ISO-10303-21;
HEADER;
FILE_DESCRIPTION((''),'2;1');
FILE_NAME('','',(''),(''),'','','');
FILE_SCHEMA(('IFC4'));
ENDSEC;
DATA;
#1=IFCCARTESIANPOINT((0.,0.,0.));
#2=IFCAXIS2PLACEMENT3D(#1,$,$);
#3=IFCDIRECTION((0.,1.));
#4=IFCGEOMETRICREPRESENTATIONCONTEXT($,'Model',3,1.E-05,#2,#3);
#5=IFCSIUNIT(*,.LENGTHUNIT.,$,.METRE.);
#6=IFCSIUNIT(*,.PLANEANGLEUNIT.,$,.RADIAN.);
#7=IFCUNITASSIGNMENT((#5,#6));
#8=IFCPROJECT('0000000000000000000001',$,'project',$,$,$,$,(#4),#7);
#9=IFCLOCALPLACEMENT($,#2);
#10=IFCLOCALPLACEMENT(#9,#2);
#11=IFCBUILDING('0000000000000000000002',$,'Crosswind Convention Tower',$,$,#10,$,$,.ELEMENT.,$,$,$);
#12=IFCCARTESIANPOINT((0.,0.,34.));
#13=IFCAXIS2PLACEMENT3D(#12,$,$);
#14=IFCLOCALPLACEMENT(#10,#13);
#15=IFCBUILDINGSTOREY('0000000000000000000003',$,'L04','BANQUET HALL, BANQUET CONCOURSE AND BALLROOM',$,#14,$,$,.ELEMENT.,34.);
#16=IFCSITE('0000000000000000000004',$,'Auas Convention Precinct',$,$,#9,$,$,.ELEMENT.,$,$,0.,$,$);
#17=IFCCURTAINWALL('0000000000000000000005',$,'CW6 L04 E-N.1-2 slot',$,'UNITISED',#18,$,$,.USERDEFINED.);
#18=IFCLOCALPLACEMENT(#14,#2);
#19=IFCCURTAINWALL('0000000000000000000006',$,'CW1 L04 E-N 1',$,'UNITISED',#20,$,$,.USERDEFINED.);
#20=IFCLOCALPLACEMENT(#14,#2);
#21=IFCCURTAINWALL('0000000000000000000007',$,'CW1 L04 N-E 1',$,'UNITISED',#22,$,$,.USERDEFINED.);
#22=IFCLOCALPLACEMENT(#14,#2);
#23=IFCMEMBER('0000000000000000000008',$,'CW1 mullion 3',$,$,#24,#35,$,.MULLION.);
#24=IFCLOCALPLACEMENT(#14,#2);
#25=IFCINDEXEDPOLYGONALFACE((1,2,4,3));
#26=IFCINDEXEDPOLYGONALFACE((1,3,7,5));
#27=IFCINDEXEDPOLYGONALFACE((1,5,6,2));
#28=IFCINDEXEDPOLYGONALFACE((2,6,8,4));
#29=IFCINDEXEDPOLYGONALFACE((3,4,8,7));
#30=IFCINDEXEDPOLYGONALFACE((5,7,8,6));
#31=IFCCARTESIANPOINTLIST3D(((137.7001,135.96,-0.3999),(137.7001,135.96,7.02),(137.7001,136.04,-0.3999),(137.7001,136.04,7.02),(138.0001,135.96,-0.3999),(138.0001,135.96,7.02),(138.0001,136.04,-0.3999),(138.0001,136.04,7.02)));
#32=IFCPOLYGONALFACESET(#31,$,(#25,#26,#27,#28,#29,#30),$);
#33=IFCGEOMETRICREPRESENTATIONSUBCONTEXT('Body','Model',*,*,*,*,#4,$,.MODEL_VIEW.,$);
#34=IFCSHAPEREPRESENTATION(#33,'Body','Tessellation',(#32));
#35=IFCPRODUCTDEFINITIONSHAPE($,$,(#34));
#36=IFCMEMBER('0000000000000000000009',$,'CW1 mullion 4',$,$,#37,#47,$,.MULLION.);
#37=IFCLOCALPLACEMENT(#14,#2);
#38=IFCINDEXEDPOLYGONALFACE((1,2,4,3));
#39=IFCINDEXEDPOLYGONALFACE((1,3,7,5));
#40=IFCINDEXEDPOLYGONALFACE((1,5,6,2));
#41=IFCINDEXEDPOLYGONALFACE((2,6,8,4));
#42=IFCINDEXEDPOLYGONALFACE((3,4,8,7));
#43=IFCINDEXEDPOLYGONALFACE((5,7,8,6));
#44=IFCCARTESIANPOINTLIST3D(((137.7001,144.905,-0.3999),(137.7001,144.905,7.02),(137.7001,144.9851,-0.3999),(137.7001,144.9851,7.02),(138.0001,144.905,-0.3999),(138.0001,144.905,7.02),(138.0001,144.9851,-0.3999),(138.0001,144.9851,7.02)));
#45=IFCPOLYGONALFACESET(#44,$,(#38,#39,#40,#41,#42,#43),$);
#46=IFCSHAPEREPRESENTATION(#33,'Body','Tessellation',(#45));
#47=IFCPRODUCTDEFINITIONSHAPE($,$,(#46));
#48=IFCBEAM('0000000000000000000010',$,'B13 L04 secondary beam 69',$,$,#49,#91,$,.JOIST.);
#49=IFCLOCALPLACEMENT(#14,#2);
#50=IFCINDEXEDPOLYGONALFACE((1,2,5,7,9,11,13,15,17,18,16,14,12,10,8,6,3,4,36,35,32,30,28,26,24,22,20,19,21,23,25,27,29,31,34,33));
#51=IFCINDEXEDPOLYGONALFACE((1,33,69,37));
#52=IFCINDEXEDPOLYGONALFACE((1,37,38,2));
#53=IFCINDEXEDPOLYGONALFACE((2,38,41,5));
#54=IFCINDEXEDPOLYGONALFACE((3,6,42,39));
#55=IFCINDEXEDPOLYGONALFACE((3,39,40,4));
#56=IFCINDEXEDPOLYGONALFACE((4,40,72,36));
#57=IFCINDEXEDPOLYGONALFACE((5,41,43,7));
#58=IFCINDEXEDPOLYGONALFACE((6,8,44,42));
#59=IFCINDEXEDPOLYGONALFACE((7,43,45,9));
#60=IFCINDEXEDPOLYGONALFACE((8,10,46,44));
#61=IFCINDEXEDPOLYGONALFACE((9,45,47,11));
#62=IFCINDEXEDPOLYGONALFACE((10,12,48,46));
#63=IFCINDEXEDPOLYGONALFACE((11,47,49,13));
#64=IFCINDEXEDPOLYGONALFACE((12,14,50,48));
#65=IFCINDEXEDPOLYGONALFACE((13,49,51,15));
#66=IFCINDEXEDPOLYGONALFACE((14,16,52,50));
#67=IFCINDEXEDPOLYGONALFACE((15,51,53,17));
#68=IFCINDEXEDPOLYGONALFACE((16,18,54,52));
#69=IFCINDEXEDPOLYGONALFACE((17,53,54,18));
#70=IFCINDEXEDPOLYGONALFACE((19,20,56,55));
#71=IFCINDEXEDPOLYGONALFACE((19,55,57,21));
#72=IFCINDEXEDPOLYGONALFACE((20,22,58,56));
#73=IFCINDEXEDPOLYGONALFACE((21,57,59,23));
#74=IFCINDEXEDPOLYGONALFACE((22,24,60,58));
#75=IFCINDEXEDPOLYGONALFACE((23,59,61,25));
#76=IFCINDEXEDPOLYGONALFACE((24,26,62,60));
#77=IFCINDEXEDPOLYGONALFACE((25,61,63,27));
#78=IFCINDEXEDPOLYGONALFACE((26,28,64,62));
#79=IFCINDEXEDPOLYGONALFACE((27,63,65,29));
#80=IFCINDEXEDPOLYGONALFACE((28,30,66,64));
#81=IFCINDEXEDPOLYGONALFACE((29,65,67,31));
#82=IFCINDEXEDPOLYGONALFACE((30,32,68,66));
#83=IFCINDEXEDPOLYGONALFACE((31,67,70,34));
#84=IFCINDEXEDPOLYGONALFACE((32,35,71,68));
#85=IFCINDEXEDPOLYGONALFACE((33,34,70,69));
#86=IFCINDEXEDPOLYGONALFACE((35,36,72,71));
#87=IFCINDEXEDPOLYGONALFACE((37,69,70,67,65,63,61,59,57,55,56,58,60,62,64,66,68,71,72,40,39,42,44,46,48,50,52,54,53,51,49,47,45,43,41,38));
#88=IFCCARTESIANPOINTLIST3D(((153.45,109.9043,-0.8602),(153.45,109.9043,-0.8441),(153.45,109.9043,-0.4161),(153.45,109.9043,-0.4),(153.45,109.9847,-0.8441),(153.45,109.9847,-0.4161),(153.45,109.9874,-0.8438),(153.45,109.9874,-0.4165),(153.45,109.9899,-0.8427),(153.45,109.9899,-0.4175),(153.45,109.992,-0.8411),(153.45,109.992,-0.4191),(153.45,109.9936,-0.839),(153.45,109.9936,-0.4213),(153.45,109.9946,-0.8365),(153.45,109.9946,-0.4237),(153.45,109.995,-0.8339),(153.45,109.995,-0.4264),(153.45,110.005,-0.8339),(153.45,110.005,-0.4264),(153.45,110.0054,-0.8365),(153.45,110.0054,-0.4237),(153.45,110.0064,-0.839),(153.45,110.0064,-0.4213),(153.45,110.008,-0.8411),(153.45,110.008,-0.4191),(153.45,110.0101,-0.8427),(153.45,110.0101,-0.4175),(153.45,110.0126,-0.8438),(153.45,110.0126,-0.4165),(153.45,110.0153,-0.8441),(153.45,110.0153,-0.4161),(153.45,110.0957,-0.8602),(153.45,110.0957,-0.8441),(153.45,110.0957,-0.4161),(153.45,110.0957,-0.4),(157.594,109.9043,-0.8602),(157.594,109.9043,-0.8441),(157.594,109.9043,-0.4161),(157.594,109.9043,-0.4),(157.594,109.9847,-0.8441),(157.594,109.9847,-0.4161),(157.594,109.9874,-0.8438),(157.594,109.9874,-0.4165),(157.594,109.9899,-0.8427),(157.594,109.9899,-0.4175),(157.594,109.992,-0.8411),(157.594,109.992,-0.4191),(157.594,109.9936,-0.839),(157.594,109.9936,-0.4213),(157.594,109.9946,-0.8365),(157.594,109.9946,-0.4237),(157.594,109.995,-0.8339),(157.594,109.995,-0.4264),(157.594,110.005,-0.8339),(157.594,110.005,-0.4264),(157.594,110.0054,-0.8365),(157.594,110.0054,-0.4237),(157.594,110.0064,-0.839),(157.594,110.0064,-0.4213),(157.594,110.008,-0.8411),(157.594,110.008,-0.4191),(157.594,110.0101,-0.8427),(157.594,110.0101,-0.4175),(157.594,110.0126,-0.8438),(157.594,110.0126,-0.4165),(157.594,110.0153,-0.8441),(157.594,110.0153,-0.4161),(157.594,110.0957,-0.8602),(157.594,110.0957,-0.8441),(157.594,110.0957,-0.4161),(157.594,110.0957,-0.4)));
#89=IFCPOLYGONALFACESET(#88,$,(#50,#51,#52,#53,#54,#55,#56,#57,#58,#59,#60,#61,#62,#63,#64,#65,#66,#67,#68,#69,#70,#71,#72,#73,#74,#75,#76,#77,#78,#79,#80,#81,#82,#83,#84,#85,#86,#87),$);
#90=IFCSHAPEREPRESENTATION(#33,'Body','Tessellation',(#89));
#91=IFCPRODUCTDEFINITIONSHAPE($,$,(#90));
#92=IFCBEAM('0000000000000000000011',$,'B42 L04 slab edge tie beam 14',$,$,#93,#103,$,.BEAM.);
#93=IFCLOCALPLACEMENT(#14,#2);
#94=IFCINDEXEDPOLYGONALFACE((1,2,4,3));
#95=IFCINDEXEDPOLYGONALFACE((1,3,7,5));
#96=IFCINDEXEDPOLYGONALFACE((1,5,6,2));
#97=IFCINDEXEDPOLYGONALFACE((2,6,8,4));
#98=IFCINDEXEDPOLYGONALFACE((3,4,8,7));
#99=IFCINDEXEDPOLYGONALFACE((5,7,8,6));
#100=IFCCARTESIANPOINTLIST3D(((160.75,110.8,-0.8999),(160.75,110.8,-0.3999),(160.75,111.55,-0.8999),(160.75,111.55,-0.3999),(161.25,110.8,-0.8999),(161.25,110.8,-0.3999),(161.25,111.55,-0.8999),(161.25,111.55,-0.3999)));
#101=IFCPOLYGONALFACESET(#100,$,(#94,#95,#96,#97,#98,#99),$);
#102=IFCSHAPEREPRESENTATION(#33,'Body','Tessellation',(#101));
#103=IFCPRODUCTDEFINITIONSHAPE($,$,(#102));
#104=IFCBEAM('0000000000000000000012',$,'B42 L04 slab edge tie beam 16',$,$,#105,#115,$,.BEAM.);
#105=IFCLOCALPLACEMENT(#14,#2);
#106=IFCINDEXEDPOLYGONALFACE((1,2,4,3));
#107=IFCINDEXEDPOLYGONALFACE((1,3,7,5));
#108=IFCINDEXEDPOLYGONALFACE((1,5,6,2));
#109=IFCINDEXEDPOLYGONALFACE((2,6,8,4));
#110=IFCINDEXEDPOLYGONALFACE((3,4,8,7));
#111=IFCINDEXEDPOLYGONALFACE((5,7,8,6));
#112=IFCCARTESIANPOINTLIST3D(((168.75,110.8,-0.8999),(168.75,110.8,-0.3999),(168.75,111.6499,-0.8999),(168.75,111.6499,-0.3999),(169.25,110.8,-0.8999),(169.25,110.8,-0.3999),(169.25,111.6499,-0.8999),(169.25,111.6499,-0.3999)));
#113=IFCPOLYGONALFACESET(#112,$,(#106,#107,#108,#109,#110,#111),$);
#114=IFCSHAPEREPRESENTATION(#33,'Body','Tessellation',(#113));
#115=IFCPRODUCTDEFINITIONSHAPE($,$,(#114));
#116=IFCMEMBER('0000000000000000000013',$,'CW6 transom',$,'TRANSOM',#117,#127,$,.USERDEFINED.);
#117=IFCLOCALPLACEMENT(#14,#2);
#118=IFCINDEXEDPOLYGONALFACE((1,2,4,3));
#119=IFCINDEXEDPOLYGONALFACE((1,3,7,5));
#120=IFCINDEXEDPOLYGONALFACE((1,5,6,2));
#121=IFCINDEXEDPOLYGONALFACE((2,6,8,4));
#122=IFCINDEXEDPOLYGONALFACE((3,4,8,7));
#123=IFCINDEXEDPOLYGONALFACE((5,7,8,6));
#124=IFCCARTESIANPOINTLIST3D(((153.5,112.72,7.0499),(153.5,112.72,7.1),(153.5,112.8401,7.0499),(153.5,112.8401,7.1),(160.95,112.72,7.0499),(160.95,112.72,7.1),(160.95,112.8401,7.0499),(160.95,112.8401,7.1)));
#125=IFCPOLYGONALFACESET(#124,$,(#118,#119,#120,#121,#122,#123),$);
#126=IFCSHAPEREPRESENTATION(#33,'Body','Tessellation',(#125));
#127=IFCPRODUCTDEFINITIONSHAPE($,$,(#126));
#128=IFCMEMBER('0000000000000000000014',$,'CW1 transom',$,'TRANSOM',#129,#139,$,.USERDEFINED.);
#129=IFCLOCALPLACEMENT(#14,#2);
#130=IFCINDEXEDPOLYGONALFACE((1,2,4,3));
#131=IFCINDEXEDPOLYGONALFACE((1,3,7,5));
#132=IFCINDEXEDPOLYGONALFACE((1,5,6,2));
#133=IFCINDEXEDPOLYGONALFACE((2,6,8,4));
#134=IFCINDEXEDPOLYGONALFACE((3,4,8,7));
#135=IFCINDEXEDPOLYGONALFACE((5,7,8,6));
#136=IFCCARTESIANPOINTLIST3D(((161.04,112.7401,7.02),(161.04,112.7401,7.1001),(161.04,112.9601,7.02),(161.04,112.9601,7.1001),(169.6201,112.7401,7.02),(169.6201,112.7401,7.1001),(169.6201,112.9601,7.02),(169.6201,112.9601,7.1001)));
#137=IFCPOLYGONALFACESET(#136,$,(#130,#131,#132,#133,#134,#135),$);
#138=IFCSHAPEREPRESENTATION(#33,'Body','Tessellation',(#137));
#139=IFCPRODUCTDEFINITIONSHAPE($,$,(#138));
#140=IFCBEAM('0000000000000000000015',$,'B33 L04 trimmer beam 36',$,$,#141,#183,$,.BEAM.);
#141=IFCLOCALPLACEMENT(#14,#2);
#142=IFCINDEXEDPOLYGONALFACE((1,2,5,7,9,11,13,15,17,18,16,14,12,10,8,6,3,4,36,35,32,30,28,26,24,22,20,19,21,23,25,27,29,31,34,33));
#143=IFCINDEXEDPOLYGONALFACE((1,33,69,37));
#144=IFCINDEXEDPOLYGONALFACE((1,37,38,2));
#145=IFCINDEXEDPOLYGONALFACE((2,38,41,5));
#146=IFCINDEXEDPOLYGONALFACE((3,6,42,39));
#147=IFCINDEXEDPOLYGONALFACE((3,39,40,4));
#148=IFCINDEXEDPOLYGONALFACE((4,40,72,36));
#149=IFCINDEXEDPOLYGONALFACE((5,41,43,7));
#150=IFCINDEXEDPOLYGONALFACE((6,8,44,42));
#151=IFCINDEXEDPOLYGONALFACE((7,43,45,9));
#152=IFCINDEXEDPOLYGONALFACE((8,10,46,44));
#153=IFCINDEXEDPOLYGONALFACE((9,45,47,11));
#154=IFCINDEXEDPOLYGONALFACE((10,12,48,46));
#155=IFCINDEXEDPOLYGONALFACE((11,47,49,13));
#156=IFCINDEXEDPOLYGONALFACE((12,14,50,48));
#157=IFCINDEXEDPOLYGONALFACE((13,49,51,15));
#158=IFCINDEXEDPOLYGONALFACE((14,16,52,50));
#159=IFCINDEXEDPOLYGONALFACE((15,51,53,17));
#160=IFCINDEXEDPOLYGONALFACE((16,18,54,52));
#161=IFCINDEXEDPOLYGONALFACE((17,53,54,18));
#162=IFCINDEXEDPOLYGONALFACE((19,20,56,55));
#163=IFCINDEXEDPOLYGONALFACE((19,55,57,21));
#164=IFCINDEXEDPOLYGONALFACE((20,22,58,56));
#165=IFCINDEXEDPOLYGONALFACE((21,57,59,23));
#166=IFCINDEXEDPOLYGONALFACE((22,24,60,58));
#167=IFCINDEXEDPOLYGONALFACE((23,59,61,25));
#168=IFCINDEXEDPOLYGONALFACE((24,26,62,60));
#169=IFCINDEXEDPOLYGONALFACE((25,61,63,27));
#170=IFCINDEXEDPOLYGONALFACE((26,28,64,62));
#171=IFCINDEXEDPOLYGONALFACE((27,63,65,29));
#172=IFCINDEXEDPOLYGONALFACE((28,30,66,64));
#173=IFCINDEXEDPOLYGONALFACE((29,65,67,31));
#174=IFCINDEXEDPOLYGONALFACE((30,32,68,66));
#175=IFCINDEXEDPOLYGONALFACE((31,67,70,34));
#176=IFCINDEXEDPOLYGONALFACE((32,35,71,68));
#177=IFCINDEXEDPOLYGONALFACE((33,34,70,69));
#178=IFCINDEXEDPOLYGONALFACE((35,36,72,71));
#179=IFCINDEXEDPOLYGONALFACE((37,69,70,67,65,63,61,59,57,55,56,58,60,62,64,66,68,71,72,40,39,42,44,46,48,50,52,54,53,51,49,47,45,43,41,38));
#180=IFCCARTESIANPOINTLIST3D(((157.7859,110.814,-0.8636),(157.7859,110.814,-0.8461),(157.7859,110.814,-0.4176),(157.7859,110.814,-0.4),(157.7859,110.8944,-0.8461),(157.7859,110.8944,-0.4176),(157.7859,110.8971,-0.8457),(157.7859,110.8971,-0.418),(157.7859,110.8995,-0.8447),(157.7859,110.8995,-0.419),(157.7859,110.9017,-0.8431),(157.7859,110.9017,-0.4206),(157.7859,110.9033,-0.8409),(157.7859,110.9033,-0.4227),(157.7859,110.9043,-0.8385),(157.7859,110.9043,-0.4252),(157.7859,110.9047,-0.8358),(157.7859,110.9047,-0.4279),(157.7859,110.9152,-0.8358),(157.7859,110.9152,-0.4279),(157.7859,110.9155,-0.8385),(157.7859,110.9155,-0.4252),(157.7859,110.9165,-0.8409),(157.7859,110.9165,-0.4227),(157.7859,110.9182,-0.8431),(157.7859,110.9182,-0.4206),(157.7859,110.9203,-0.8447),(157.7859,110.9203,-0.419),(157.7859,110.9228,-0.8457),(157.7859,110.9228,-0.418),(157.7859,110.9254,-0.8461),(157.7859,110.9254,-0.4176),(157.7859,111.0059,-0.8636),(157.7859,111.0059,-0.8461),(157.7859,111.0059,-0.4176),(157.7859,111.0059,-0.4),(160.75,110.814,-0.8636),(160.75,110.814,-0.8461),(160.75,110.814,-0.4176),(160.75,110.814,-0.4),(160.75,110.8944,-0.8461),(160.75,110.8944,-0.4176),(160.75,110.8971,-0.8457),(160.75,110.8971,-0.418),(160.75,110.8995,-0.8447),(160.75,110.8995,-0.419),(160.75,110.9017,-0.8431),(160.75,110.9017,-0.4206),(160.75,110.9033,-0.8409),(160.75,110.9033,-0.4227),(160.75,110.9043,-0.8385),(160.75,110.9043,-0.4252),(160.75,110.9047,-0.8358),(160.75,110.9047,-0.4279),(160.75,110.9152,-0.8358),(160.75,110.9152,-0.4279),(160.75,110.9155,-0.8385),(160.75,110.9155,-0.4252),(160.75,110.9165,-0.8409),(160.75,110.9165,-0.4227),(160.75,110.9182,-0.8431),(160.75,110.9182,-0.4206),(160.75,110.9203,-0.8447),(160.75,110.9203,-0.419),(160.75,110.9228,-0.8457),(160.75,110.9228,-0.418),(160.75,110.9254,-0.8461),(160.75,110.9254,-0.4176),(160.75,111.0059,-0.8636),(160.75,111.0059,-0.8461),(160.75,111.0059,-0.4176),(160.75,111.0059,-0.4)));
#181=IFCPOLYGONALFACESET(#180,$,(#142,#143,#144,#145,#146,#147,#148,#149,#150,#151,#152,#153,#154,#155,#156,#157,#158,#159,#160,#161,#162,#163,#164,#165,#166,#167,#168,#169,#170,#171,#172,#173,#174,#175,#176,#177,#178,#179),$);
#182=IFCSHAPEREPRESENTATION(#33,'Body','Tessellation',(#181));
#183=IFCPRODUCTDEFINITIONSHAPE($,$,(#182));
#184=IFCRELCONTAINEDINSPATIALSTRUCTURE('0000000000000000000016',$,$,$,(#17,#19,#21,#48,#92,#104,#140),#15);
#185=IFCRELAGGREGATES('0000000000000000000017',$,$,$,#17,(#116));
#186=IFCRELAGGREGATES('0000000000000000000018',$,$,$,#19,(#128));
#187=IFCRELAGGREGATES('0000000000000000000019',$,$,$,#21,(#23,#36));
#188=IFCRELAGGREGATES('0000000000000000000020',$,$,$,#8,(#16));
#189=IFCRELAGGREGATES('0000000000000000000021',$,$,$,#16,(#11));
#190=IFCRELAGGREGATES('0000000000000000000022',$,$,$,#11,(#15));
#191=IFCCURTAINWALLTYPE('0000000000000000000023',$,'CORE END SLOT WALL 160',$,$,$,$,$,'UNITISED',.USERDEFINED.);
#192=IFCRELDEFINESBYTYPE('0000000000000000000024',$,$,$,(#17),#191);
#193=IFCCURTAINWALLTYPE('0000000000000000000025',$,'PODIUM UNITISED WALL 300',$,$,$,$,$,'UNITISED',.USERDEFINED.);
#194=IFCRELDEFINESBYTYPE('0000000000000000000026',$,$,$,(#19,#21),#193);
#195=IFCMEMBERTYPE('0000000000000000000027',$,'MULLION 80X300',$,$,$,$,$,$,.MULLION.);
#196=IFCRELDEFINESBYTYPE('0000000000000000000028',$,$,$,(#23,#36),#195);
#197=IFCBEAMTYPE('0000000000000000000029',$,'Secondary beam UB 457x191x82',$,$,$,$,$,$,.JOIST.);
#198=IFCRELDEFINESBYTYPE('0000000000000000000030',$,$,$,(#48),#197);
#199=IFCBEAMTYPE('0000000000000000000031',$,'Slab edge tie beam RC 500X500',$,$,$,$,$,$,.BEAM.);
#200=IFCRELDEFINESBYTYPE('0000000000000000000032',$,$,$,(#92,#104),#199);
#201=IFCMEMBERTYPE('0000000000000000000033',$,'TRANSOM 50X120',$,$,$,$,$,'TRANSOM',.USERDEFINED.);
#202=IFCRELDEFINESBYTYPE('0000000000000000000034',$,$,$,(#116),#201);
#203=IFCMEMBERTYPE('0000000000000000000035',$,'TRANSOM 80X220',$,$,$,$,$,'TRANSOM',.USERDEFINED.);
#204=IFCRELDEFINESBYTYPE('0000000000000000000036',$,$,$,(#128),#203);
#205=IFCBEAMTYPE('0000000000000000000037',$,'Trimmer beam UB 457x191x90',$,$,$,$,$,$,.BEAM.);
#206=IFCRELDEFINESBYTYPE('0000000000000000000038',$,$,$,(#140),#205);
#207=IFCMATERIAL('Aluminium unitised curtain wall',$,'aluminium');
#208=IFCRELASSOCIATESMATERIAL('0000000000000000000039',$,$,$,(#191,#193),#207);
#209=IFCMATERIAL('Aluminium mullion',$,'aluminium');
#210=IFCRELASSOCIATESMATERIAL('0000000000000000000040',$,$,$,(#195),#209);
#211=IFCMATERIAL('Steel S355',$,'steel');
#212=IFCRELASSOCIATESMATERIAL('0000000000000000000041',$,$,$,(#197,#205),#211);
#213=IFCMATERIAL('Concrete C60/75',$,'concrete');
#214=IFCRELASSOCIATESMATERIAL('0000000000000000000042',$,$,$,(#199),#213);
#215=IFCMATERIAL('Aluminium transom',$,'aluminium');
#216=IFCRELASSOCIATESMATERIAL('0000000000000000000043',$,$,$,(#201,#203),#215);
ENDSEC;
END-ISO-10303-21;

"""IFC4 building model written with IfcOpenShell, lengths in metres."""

from ifc_helpers import new_model, si_unit, direction, frame, origin, origin_2d, place, context, subcontext, project, spatial, rectangle, i_section, extrude, material, material_profile, profile_set, type_object, element, aggregate, save


model = new_model("IFC4")

# Units and contexts
model_context = context("Model", 3, precision=1e-05, world=origin(), true_north=direction((0.0, 1.0)))
body_context = subcontext(model_context, "Body", "Model", "MODEL_VIEW")
ifc_project = project(units=[si_unit("LENGTHUNIT", "METRE"), si_unit("PLANEANGLEUNIT", "RADIAN")], contexts=[model_context])

# Site, building, storey
site_placement = place(None, origin())
site = spatial("IfcSite", under=ifc_project, at=site_placement, Name="Auas Convention Precinct", CompositionType="ELEMENT", RefElevation=0.0)
building_placement = place(site_placement, origin())
building = spatial("IfcBuilding", under=site, at=building_placement, Name="Crosswind Convention Tower", CompositionType="ELEMENT")
storey_placement = place(building_placement, frame((0.0, 0.0, 34.0)))
storey = spatial("IfcBuildingStorey", under=building, at=storey_placement, Name="L04", Description="BANQUET HALL, BANQUET CONCOURSE AND BALLROOM", CompositionType="ELEMENT", Elevation=34.0)

# Shared definitions
ifc_material_1 = material(Name="Concrete C60/75", Category="concrete")

# Shared definitions
ifc_material_2 = material(Name="Steel S355", Category="steel")

# Curtain walls, members
ifc_material_3 = material(Name="Aluminium unitised curtain wall", Category="aluminium")
curtain_wall_type_1 = type_object("IfcCurtainWallType", Name="CORE END SLOT WALL 160", ElementType="UNITISED", PredefinedType="USERDEFINED", material=ifc_material_3)
curtain_wall_1_placement = place(storey_placement, origin())
curtain_wall_1 = element("IfcCurtainWall", 1, at=curtain_wall_1_placement, inside=storey, type_object=curtain_wall_type_1, Name="CW6 L04 E-N.1-2 slot", ObjectType="UNITISED", PredefinedType="USERDEFINED")
ifc_material_4 = material(Name="Aluminium mullion", Category="aluminium")
curtain_wall_type_2 = type_object("IfcCurtainWallType", Name="PODIUM UNITISED WALL 300", ElementType="UNITISED", PredefinedType="USERDEFINED", material=ifc_material_3)
curtain_wall_2_placement = place(storey_placement, origin())
curtain_wall_2 = element("IfcCurtainWall", 2, at=curtain_wall_2_placement, inside=storey, type_object=curtain_wall_type_2, Name="CW1 L04 E-N 1", ObjectType="UNITISED", PredefinedType="USERDEFINED")
ifc_material_profile_1 = material_profile(ifc_material_4, rectangle(XDim=0.3, YDim=0.0801, at=origin_2d()), Name="AL 300X80")
ifc_profile_set_1 = profile_set([ifc_material_profile_1], Name="Aluminium mullion")
member_type_1 = type_object("IfcMemberType", Name="MULLION 80X300", PredefinedType="MULLION", material=ifc_profile_set_1)
curtain_wall_3_placement = place(storey_placement, origin())
curtain_wall_3 = element("IfcCurtainWall", 3, at=curtain_wall_3_placement, inside=storey, type_object=curtain_wall_type_2, Name="CW1 L04 N-E 1", ObjectType="UNITISED", PredefinedType="USERDEFINED")
member_1_placement = place(storey_placement, frame((137.8501, 136.0, -0.3999), z_axis=(0.0, 0.0, 1.0), x_axis=(1.0, 0.0, 0.0)))
member_1 = element("IfcMember", 4, at=member_1_placement, type_object=member_type_1, Name="CW1 mullion 3", PredefinedType="MULLION", context=body_context, shape_type="SweptSolid", body=[
    extrude(rectangle(XDim=0.3, YDim=0.0801, at=origin_2d()), origin(), (0.0, 0.0, 1.0), 7.4199),
])
member_2_placement = place(storey_placement, frame((137.8501, 144.9451, -0.3999), z_axis=(0.0, 0.0, 1.0), x_axis=(1.0, 0.0, 0.0)))
member_2 = element("IfcMember", 5, at=member_2_placement, type_object=member_type_1, Name="CW1 mullion 4", PredefinedType="MULLION", context=body_context, shape_type="SweptSolid", body=[
    extrude(rectangle(XDim=0.3, YDim=0.0801, at=origin_2d()), origin(), (0.0, 0.0, 1.0), 7.4199),
])

# Beams
ifc_material_profile_2 = material_profile(ifc_material_2, i_section(OverallWidth=0.1914, OverallDepth=0.4602, WebThickness=0.01, FlangeThickness=0.0161, FilletRadius=0.0103, at=origin_2d()), Name="UB 457x191x82")
ifc_profile_set_2 = profile_set([ifc_material_profile_2], Name="Steel S355")
beam_type_1 = type_object("IfcBeamType", Name="Secondary beam UB 457x191x82", PredefinedType="JOIST", material=ifc_profile_set_2)
beam_1_placement = place(storey_placement, frame((153.45, 110.0, -0.6301), z_axis=(1.0, 0.0, 0.0), x_axis=(0.0, 1.0, 0.0)))
element("IfcBeam", 6, at=beam_1_placement, inside=storey, type_object=beam_type_1, Name="B13 L04 secondary beam 69", PredefinedType="JOIST", context=body_context, shape_type="SweptSolid", body=[
    extrude(i_section(OverallWidth=0.1914, OverallDepth=0.4602, WebThickness=0.01, FlangeThickness=0.0161, FilletRadius=0.0103, at=origin_2d()), origin(), (0.0, 0.0, 1.0), 4.144),
])
ifc_material_profile_3 = material_profile(ifc_material_1, rectangle(XDim=0.5, YDim=0.5, at=origin_2d()), Name="RC 500X500")
ifc_profile_set_3 = profile_set([ifc_material_profile_3], Name="Concrete C60/75")
beam_type_2 = type_object("IfcBeamType", Name="Slab edge tie beam RC 500X500", PredefinedType="BEAM", material=ifc_profile_set_3)
beam_2_placement = place(storey_placement, frame((161.0, 110.8, -0.6499), z_axis=(0.0, 1.0, 0.0), x_axis=(-1.0, 0.0, 0.0)))
element("IfcBeam", 7, at=beam_2_placement, inside=storey, type_object=beam_type_2, Name="B42 L04 slab edge tie beam 14", PredefinedType="BEAM", context=body_context, shape_type="SweptSolid", body=[
    extrude(rectangle(XDim=0.5, YDim=0.5, at=origin_2d()), origin(), (0.0, 0.0, 1.0), 0.75),
])
beam_3_placement = place(storey_placement, frame((169.0, 110.8, -0.6499), z_axis=(0.0, 1.0, 0.0), x_axis=(-1.0, 0.0, 0.0)))
element("IfcBeam", 8, at=beam_3_placement, inside=storey, type_object=beam_type_2, Name="B42 L04 slab edge tie beam 16", PredefinedType="BEAM", context=body_context, shape_type="SweptSolid", body=[
    extrude(rectangle(XDim=0.5, YDim=0.5, at=origin_2d()), origin(), (0.0, 0.0, 1.0), 0.8499),
])

# Members
ifc_material_5 = material(Name="Aluminium transom", Category="aluminium")
ifc_material_profile_4 = material_profile(ifc_material_5, rectangle(XDim=0.1201, YDim=0.05, at=origin_2d()), Name="AL 120X50")
ifc_profile_set_4 = profile_set([ifc_material_profile_4], Name="Aluminium transom")
member_type_2 = type_object("IfcMemberType", Name="TRANSOM 50X120", ElementType="TRANSOM", PredefinedType="USERDEFINED", material=ifc_profile_set_4)
member_3_placement = place(storey_placement, frame((160.95, 112.78, 7.075), z_axis=(-1.0, 0.0, 0.0), x_axis=(0.0, -1.0, 0.0)))
member_3 = element("IfcMember", 9, at=member_3_placement, type_object=member_type_2, Name="CW6 transom", ObjectType="TRANSOM", PredefinedType="USERDEFINED", context=body_context, shape_type="SweptSolid", body=[
    extrude(rectangle(XDim=0.1201, YDim=0.05, at=origin_2d()), origin(), (0.0, 0.0, 1.0), 7.45),
])
ifc_material_profile_5 = material_profile(ifc_material_5, rectangle(XDim=0.22, YDim=0.0801, at=origin_2d()), Name="AL 220X80")
ifc_profile_set_5 = profile_set([ifc_material_profile_5], Name="Aluminium transom")
member_type_3 = type_object("IfcMemberType", Name="TRANSOM 80X220", ElementType="TRANSOM", PredefinedType="USERDEFINED", material=ifc_profile_set_5)
member_4_placement = place(storey_placement, frame((169.6201, 112.8501, 7.0601), z_axis=(-1.0, 0.0, 0.0), x_axis=(0.0, -1.0, 0.0)))
member_4 = element("IfcMember", 10, at=member_4_placement, type_object=member_type_3, Name="CW1 transom", ObjectType="TRANSOM", PredefinedType="USERDEFINED", context=body_context, shape_type="SweptSolid", body=[
    extrude(rectangle(XDim=0.22, YDim=0.0801, at=origin_2d()), origin(), (0.0, 0.0, 1.0), 8.5801),
])

# Beam
ifc_material_profile_6 = material_profile(ifc_material_2, i_section(OverallWidth=0.1919, OverallDepth=0.4636, WebThickness=0.0105, FlangeThickness=0.0176, FilletRadius=0.0103, at=origin_2d()), Name="UB 457x191x90")
ifc_profile_set_6 = profile_set([ifc_material_profile_6], Name="Steel S355")
beam_type_3 = type_object("IfcBeamType", Name="Trimmer beam UB 457x191x90", PredefinedType="BEAM", material=ifc_profile_set_6)
beam_4_placement = place(storey_placement, frame((157.7859, 110.9099, -0.6318), z_axis=(1.0, 0.0, 0.0), x_axis=(0.0, 1.0, 0.0)))
element("IfcBeam", 11, at=beam_4_placement, inside=storey, type_object=beam_type_3, Name="B33 L04 trimmer beam 36", PredefinedType="BEAM", context=body_context, shape_type="SweptSolid", body=[
    extrude(i_section(OverallWidth=0.1919, OverallDepth=0.4636, WebThickness=0.0105, FlangeThickness=0.0176, FilletRadius=0.0103, at=origin_2d()), origin(), (0.0, 0.0, 1.0), 2.9641),
])

aggregate(curtain_wall_1, [member_3])

aggregate(curtain_wall_2, [member_4])
aggregate(curtain_wall_3, [member_1, member_2])

save(model, "model.ifc")
